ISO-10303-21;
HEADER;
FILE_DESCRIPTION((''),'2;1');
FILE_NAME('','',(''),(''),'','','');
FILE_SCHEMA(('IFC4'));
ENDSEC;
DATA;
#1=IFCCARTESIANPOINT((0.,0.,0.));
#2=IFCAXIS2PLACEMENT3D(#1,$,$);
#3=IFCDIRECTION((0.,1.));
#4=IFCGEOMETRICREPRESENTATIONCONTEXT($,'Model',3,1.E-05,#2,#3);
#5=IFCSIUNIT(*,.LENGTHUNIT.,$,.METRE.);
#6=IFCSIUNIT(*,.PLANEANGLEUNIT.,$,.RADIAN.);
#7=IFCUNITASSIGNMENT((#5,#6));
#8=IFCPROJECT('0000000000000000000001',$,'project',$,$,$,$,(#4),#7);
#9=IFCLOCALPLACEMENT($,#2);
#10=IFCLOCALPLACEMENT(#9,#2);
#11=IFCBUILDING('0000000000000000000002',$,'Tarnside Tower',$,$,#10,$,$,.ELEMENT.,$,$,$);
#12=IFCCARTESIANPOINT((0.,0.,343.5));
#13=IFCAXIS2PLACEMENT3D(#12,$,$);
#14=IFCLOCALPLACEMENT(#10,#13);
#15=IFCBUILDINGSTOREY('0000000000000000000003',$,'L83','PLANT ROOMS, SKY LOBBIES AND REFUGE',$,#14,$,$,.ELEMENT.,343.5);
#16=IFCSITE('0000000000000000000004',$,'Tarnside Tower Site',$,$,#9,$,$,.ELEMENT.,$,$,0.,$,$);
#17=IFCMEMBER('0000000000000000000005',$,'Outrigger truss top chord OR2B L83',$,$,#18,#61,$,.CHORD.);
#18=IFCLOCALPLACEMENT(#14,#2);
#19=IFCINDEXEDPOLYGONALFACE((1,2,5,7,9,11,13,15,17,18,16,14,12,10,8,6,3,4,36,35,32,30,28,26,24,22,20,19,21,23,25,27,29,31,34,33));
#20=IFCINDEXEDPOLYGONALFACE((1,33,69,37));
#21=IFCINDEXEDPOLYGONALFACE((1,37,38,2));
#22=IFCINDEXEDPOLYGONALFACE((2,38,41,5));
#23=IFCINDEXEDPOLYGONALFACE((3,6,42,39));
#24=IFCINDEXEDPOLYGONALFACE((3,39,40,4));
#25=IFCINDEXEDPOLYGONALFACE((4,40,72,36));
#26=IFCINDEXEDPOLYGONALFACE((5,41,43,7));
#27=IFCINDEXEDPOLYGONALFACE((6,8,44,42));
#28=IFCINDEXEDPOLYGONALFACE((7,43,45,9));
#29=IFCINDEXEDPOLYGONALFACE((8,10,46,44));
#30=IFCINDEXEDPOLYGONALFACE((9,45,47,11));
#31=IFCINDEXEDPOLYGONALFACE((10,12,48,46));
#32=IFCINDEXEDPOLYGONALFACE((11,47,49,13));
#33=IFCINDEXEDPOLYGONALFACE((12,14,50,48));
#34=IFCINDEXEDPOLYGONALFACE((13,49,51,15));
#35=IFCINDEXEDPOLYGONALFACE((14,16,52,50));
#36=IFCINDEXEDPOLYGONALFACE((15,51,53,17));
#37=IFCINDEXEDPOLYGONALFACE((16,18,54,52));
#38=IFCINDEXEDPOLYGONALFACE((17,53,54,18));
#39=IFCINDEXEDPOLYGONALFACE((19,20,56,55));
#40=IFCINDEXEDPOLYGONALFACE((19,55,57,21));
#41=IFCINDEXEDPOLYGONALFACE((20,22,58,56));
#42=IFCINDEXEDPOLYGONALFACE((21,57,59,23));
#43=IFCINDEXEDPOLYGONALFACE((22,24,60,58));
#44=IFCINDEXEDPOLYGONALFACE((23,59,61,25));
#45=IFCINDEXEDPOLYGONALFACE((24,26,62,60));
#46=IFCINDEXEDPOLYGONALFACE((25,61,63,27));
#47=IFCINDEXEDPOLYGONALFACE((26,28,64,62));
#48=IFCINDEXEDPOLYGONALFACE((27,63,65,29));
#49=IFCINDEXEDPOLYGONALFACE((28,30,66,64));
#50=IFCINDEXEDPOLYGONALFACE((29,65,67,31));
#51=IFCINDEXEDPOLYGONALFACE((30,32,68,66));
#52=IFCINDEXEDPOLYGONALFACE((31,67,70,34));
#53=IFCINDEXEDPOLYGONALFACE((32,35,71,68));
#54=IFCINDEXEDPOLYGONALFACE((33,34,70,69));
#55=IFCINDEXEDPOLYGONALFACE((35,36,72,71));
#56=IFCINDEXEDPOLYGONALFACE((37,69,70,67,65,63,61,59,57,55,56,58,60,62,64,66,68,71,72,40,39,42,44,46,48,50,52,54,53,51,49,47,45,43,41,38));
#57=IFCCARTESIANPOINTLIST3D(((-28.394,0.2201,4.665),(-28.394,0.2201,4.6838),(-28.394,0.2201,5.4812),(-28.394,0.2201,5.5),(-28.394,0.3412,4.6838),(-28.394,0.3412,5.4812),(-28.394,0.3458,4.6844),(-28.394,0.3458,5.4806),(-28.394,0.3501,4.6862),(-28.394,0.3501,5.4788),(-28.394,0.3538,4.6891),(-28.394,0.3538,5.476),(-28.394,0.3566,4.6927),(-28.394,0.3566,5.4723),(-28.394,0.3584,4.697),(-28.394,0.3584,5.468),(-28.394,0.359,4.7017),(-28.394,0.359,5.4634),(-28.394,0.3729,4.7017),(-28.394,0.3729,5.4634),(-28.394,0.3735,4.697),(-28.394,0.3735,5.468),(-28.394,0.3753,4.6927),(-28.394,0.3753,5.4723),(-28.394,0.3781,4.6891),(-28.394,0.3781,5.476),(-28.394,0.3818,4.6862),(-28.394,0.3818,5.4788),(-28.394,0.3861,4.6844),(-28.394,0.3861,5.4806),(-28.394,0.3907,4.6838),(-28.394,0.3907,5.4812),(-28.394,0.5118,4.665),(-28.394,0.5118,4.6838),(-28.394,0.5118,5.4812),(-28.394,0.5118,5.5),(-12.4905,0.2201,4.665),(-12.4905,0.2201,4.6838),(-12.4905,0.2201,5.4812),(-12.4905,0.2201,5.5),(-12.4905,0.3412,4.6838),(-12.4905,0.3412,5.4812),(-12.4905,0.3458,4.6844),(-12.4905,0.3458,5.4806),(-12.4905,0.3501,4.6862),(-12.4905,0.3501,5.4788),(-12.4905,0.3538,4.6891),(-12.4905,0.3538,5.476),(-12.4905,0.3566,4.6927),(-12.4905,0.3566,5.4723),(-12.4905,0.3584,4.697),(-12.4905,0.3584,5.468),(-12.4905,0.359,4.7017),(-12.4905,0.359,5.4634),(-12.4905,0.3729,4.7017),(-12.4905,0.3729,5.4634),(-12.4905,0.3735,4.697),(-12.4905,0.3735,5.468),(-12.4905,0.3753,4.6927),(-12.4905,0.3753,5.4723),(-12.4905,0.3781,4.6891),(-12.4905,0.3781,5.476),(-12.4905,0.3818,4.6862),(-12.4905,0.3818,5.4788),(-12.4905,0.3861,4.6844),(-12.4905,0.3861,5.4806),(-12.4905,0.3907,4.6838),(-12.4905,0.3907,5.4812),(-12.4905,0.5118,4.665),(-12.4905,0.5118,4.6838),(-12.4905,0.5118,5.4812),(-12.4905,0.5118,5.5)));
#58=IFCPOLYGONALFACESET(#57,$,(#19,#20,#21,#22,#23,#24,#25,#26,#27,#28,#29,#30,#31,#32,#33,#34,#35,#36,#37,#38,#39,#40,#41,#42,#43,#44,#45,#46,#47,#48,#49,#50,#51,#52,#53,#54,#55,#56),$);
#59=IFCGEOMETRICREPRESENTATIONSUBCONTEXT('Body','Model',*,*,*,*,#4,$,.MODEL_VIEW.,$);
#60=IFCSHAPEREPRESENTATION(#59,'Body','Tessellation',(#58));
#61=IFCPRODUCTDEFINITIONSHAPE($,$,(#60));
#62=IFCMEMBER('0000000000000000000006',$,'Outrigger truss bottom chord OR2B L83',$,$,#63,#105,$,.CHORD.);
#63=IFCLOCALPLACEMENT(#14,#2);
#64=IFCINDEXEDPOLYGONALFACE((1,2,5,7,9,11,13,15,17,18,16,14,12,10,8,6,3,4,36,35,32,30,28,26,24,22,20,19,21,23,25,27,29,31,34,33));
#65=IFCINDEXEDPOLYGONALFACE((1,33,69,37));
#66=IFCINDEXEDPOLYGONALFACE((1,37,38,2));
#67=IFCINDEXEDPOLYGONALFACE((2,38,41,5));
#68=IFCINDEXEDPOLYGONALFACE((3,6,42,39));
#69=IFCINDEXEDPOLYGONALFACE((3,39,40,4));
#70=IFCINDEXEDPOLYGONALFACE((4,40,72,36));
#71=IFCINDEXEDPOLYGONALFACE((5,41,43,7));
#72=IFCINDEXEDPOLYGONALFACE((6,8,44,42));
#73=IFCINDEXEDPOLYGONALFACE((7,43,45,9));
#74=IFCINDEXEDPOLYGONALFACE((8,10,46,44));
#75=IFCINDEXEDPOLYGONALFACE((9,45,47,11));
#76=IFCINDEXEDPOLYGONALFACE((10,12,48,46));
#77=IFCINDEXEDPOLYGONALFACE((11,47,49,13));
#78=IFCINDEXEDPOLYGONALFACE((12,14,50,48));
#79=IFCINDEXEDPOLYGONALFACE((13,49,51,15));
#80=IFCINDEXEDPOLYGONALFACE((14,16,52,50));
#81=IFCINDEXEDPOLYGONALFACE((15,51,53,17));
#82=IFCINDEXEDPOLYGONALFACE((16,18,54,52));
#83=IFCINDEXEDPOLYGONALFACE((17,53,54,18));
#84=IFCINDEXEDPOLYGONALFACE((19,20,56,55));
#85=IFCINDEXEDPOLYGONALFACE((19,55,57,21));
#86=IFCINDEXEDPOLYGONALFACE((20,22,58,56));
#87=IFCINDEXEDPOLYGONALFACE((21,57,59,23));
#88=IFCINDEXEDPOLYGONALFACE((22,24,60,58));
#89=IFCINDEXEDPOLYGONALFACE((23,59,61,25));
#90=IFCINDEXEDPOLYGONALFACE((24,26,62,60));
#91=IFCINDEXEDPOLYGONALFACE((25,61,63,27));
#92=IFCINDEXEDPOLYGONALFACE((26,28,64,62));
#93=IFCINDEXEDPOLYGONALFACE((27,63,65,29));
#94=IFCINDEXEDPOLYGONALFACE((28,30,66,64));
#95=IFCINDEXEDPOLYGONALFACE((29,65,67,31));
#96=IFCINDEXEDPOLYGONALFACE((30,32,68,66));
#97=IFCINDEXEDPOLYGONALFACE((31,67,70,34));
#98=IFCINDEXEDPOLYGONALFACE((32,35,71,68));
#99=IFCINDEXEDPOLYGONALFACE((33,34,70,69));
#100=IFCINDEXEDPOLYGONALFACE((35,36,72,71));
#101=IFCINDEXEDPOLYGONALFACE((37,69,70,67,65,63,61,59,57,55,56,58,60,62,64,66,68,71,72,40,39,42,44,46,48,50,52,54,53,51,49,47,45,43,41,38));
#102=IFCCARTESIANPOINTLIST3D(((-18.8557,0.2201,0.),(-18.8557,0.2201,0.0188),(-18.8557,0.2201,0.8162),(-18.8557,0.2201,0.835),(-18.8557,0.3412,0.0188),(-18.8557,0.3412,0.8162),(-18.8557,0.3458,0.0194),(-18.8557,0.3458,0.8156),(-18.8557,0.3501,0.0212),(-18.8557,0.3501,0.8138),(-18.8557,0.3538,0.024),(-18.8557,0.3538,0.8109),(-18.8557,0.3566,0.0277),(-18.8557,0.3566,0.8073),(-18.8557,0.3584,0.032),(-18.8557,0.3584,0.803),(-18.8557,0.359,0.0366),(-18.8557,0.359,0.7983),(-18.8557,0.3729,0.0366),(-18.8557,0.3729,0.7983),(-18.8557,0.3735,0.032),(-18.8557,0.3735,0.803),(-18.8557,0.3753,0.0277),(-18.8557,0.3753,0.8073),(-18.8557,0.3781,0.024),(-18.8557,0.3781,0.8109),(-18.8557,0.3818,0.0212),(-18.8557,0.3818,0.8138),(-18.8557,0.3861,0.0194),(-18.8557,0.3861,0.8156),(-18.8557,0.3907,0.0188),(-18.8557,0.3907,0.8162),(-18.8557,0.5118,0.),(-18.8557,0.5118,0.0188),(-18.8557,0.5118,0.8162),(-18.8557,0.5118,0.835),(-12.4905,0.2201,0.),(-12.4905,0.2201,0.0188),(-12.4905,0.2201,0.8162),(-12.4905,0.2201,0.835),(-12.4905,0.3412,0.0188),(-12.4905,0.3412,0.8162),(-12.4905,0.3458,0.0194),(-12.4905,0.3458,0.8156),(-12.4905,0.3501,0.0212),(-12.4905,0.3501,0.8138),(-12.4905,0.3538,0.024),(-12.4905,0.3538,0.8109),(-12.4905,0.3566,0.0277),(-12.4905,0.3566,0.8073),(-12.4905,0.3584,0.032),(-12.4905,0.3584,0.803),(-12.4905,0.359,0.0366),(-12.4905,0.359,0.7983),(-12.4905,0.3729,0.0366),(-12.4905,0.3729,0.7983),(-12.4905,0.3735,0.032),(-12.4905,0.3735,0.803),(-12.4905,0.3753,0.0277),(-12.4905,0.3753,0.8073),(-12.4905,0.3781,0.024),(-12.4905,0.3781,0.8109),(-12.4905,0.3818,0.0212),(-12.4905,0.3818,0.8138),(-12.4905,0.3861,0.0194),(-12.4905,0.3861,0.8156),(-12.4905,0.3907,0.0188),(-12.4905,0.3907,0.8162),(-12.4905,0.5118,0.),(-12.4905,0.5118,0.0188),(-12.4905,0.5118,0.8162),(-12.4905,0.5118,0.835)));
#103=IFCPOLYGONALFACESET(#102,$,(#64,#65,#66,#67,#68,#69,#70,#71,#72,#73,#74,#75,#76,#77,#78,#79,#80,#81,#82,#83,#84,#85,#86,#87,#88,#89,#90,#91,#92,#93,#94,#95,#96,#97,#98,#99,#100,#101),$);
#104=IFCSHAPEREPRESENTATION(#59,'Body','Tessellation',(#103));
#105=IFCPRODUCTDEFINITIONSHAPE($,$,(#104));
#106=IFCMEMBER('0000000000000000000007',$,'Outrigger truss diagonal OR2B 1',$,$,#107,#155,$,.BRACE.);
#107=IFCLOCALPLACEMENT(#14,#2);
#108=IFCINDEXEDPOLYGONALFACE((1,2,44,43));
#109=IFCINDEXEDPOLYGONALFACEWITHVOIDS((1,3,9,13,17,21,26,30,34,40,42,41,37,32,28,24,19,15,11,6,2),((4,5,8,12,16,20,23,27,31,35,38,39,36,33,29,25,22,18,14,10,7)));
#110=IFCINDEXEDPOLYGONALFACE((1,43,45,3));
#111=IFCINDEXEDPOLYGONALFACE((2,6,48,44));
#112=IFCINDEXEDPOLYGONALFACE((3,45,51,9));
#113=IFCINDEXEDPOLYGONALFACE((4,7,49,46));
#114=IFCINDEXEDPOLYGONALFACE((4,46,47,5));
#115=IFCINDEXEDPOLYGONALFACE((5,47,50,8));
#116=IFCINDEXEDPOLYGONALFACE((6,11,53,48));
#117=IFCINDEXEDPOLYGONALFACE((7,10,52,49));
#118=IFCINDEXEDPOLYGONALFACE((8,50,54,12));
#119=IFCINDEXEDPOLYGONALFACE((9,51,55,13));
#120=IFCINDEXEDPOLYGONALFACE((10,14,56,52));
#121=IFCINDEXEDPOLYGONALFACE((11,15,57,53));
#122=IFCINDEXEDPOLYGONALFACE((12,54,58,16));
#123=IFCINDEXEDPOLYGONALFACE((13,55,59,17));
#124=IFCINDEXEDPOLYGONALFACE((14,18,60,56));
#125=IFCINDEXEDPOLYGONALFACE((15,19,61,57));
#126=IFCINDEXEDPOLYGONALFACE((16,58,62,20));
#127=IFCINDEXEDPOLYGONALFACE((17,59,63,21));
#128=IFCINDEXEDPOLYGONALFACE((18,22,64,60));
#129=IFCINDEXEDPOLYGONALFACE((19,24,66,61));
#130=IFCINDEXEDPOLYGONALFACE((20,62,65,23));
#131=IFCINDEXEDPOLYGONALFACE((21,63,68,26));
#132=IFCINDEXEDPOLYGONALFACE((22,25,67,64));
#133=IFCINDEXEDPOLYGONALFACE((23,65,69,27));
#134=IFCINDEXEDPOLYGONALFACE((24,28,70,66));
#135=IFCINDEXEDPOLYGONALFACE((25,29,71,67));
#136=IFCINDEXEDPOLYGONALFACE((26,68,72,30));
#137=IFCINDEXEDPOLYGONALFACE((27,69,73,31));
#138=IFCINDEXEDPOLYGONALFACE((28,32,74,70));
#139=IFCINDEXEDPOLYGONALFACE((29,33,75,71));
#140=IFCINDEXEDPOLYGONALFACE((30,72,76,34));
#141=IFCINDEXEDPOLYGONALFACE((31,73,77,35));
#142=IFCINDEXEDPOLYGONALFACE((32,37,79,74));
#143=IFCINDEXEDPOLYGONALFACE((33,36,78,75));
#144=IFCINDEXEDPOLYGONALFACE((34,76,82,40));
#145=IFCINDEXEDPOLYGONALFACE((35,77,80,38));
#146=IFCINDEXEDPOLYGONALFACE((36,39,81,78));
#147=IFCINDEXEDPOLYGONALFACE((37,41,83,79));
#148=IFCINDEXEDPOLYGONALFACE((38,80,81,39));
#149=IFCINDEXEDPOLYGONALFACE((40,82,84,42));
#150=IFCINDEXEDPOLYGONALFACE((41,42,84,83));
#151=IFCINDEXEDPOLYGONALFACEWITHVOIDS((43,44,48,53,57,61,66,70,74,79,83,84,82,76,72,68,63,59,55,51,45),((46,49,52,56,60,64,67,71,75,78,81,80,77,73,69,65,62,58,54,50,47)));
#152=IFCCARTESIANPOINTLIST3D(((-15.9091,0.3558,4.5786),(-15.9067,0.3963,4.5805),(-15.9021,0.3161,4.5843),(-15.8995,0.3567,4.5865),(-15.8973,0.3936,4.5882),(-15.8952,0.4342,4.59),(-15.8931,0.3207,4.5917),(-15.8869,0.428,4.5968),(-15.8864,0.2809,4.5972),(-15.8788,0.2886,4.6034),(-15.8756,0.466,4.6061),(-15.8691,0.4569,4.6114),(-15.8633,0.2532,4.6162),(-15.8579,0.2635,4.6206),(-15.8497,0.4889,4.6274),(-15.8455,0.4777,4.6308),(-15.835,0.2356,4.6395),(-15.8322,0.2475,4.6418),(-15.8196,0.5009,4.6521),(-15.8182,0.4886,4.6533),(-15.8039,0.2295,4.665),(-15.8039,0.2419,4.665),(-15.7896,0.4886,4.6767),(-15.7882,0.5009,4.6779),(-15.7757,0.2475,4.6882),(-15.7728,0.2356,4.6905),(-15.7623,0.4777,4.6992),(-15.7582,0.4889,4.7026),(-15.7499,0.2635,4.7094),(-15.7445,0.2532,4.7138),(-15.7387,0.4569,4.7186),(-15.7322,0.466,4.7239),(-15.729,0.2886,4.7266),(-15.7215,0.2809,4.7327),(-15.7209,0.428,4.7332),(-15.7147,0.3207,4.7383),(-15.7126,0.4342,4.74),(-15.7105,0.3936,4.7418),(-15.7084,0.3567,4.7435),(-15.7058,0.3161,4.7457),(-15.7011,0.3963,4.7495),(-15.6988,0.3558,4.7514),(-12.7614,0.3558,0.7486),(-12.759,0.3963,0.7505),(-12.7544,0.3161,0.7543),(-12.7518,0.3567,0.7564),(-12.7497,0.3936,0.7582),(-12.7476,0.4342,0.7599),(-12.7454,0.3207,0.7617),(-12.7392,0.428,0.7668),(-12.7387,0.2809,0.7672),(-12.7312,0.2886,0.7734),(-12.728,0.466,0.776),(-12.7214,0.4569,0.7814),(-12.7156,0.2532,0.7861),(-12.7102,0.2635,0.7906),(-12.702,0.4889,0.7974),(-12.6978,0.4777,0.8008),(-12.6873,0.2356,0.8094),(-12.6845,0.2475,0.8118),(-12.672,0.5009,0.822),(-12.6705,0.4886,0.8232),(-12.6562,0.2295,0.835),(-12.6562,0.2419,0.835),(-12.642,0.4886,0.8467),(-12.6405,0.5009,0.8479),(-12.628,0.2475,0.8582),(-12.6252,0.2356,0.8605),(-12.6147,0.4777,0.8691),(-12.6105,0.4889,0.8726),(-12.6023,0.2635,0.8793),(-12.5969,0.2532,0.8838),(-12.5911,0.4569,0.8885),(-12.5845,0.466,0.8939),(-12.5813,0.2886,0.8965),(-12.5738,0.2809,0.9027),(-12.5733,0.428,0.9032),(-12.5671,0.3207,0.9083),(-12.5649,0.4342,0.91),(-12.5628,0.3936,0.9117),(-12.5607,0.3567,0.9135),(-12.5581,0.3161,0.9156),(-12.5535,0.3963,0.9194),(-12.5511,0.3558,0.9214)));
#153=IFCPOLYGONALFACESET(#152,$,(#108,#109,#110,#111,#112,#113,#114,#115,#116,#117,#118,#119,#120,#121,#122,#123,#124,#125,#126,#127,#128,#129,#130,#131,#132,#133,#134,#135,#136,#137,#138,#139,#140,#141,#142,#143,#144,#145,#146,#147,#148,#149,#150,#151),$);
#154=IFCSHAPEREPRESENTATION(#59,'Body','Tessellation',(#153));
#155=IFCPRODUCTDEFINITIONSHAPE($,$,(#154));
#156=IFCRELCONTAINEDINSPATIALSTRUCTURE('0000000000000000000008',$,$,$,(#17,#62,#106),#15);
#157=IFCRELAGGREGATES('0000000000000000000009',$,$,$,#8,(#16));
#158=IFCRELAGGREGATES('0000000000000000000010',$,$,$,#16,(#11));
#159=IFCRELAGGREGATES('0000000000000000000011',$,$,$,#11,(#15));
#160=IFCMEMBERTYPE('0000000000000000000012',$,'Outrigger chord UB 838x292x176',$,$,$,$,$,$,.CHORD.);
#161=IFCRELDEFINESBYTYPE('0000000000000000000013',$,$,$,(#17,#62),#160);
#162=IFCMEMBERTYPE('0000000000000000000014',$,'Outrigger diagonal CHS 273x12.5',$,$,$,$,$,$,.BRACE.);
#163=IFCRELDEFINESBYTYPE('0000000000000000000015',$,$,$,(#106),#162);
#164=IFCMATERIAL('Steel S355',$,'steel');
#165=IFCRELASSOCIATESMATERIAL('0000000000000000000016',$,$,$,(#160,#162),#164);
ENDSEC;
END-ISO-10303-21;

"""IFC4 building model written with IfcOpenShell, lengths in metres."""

from ifc_helpers import new_model, si_unit, direction, frame, origin, origin_2d, place, context, subcontext, project, spatial, hollow_circle, i_section, extrude, material, material_profile, profile_set, type_object, element, save


model = new_model("IFC4")

# Units and contexts
model_context = context("Model", 3, precision=1e-05, world=origin(), true_north=direction((0.0, 1.0)))
body_context = subcontext(model_context, "Body", "Model", "MODEL_VIEW")
ifc_project = project(units=[si_unit("LENGTHUNIT", "METRE"), si_unit("PLANEANGLEUNIT", "RADIAN")], contexts=[model_context])

# Site, building, storey
site_placement = place(None, origin())
site = spatial("IfcSite", under=ifc_project, at=site_placement, Name="Tarnside Tower Site", CompositionType="ELEMENT", RefElevation=0.0)
building_placement = place(site_placement, origin())
building = spatial("IfcBuilding", under=site, at=building_placement, Name="Tarnside Tower", CompositionType="ELEMENT")
storey_placement = place(building_placement, frame((0.0, 0.0, 343.5)))
storey = spatial("IfcBuildingStorey", under=building, at=storey_placement, Name="L83", Description="PLANT ROOMS, SKY LOBBIES AND REFUGE", CompositionType="ELEMENT", Elevation=343.5)

# Members
ifc_material_1 = material(Name="Steel S355", Category="steel")
ifc_material_profile_1 = material_profile(ifc_material_1, i_section(OverallWidth=0.2917, OverallDepth=0.835, WebThickness=0.0139, FlangeThickness=0.0188, FilletRadius=0.0178, at=origin_2d()), Name="UB 838x292x176")
ifc_profile_set_1 = profile_set([ifc_material_profile_1], Name="Steel S355")
member_type_1 = type_object("IfcMemberType", Name="Outrigger chord UB 838x292x176", PredefinedType="CHORD", material=ifc_profile_set_1)
member_1_placement = place(storey_placement, frame((-12.4905, 0.366, 5.0825), z_axis=(-1.0, 0.0, 0.0), x_axis=(0.0, -1.0, 0.0)))
element("IfcMember", 1, at=member_1_placement, inside=storey, type_object=member_type_1, Name="Outrigger truss top chord OR2B L83", PredefinedType="CHORD", context=body_context, shape_type="SweptSolid", body=[
    extrude(i_section(OverallWidth=0.2917, OverallDepth=0.835, WebThickness=0.0139, FlangeThickness=0.0188, FilletRadius=0.0178, at=origin_2d()), origin(), (0.0, 0.0, 1.0), 15.9036),
])
member_2_placement = place(storey_placement, frame((-12.4905, 0.366, 0.4175), z_axis=(-1.0, 0.0, 0.0), x_axis=(0.0, -1.0, 0.0)))
element("IfcMember", 2, at=member_2_placement, inside=storey, type_object=member_type_1, Name="Outrigger truss bottom chord OR2B L83", PredefinedType="CHORD", context=body_context, shape_type="SweptSolid", body=[
    extrude(i_section(OverallWidth=0.2917, OverallDepth=0.835, WebThickness=0.0139, FlangeThickness=0.0188, FilletRadius=0.0178, at=origin_2d()), origin(), (0.0, 0.0, 1.0), 6.3652),
])
ifc_material_profile_2 = material_profile(ifc_material_1, hollow_circle(Radius=0.1365, WallThickness=0.0125, at=origin_2d()), Name="CHS 273x12.5")
ifc_profile_set_2 = profile_set([ifc_material_profile_2], Name="Steel S355")
member_type_2 = type_object("IfcMemberType", Name="Outrigger diagonal CHS 273x12.5", PredefinedType="BRACE", material=ifc_profile_set_2)
member_3_placement = place(storey_placement, frame((-12.6562, 0.366, 0.835), z_axis=(-0.634928, 0.0, 0.772571), x_axis=(0.0, -1.0, 0.0)))
element("IfcMember", 3, at=member_3_placement, inside=storey, type_object=member_type_2, Name="Outrigger truss diagonal OR2B 1", PredefinedType="BRACE", context=body_context, shape_type="SweptSolid", body=[
    extrude(hollow_circle(Radius=0.1365, WallThickness=0.0125, at=origin_2d()), origin(), (0.0, 0.0, 1.0), 4.9575),
])

save(model, "model.ifc")
